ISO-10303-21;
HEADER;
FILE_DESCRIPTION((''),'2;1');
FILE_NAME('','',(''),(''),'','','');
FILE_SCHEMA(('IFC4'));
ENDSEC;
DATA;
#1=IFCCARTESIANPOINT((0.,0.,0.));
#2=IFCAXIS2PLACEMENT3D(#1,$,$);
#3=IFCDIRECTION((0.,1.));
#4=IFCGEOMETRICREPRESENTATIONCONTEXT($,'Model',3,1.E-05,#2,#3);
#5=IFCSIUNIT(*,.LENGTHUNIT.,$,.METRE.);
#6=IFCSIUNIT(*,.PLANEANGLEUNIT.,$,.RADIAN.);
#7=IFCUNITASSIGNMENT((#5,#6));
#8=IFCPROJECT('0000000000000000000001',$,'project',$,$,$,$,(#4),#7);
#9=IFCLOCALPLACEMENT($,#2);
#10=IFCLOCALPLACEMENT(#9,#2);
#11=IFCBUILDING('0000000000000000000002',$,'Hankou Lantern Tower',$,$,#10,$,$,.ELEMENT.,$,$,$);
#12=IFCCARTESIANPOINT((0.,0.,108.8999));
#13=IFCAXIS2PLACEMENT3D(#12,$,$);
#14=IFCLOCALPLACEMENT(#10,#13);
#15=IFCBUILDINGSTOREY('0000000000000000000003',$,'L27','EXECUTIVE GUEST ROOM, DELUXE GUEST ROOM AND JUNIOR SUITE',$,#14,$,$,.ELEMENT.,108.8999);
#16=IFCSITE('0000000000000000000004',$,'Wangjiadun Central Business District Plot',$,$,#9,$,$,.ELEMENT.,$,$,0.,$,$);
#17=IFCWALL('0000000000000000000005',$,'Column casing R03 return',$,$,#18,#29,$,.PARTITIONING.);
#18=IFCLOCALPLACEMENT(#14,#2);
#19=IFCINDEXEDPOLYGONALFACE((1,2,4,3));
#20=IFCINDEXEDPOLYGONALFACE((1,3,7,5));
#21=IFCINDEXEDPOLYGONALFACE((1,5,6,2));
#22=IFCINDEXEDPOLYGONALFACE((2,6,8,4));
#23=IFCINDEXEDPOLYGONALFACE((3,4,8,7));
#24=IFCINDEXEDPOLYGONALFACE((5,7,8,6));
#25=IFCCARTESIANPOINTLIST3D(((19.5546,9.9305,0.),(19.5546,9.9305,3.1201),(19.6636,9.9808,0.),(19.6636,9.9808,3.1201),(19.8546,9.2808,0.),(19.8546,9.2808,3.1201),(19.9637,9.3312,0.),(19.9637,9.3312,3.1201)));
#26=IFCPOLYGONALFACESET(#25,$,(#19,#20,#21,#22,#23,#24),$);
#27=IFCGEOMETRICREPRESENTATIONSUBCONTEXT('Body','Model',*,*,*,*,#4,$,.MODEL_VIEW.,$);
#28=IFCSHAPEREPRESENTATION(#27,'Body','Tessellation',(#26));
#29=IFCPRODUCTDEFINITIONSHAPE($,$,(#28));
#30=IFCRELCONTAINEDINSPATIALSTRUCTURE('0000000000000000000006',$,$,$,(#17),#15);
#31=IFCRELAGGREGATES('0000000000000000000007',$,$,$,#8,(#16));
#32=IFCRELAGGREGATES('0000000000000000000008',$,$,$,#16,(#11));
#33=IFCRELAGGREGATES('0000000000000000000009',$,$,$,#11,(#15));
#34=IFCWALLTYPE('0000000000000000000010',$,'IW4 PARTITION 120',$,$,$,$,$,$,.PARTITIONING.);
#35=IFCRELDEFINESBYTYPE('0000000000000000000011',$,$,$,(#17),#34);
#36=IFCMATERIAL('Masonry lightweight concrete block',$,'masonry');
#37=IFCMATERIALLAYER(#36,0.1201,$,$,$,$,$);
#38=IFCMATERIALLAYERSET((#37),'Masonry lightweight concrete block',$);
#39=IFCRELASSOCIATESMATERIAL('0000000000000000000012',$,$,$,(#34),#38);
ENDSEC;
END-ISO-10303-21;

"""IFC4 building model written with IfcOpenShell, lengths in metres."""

from ifc_helpers import new_model, si_unit, direction, frame, frame_2d, origin, place, context, subcontext, project, spatial, rectangle, extrude, material, layer, layer_set, type_object, element, save


model = new_model("IFC4")

# Units and contexts
model_context = context("Model", 3, precision=1e-05, world=origin(), true_north=direction((0.0, 1.0)))
body_context = subcontext(model_context, "Body", "Model", "MODEL_VIEW")
ifc_project = project(units=[si_unit("LENGTHUNIT", "METRE"), si_unit("PLANEANGLEUNIT", "RADIAN")], contexts=[model_context])

# Site, building, storey
site_placement = place(None, origin())
site = spatial("IfcSite", under=ifc_project, at=site_placement, Name="Wangjiadun Central Business District Plot", CompositionType="ELEMENT", RefElevation=0.0)
building_placement = place(site_placement, origin())
building = spatial("IfcBuilding", under=site, at=building_placement, Name="Hankou Lantern Tower", CompositionType="ELEMENT")
storey_placement = place(building_placement, frame((0.0, 0.0, 108.8999)))
storey = spatial("IfcBuildingStorey", under=building, at=storey_placement, Name="L27", Description="EXECUTIVE GUEST ROOM, DELUXE GUEST ROOM AND JUNIOR SUITE", CompositionType="ELEMENT", Elevation=108.8999)

# Wall
ifc_material_1 = material(Name="Masonry lightweight concrete block", Category="masonry")
ifc_layer_1 = layer(ifc_material_1, 0.1201)
ifc_layer_set_1 = layer_set([ifc_layer_1], Name="Masonry lightweight concrete block")
wall_type_1 = type_object("IfcWallType", Name="IW4 PARTITION 120", PredefinedType="PARTITIONING", material=ifc_layer_set_1)
wall_1_placement = place(storey_placement, frame((19.9092, 9.3059, 0.0), z_axis=(0.0, 0.0, 1.0), x_axis=(-0.419296, 0.90785, 0.0)))
element("IfcWall", 1, at=wall_1_placement, inside=storey, type_object=wall_type_1, Name="Column casing R03 return", PredefinedType="PARTITIONING", context=body_context, shape_type="SweptSolid", body=[
    extrude(rectangle(XDim=0.7156, YDim=0.1201, at=frame_2d((0.3579, 0.0))), origin(), (0.0, 0.0, 1.0), 3.1201),
])

save(model, "model.ifc")
